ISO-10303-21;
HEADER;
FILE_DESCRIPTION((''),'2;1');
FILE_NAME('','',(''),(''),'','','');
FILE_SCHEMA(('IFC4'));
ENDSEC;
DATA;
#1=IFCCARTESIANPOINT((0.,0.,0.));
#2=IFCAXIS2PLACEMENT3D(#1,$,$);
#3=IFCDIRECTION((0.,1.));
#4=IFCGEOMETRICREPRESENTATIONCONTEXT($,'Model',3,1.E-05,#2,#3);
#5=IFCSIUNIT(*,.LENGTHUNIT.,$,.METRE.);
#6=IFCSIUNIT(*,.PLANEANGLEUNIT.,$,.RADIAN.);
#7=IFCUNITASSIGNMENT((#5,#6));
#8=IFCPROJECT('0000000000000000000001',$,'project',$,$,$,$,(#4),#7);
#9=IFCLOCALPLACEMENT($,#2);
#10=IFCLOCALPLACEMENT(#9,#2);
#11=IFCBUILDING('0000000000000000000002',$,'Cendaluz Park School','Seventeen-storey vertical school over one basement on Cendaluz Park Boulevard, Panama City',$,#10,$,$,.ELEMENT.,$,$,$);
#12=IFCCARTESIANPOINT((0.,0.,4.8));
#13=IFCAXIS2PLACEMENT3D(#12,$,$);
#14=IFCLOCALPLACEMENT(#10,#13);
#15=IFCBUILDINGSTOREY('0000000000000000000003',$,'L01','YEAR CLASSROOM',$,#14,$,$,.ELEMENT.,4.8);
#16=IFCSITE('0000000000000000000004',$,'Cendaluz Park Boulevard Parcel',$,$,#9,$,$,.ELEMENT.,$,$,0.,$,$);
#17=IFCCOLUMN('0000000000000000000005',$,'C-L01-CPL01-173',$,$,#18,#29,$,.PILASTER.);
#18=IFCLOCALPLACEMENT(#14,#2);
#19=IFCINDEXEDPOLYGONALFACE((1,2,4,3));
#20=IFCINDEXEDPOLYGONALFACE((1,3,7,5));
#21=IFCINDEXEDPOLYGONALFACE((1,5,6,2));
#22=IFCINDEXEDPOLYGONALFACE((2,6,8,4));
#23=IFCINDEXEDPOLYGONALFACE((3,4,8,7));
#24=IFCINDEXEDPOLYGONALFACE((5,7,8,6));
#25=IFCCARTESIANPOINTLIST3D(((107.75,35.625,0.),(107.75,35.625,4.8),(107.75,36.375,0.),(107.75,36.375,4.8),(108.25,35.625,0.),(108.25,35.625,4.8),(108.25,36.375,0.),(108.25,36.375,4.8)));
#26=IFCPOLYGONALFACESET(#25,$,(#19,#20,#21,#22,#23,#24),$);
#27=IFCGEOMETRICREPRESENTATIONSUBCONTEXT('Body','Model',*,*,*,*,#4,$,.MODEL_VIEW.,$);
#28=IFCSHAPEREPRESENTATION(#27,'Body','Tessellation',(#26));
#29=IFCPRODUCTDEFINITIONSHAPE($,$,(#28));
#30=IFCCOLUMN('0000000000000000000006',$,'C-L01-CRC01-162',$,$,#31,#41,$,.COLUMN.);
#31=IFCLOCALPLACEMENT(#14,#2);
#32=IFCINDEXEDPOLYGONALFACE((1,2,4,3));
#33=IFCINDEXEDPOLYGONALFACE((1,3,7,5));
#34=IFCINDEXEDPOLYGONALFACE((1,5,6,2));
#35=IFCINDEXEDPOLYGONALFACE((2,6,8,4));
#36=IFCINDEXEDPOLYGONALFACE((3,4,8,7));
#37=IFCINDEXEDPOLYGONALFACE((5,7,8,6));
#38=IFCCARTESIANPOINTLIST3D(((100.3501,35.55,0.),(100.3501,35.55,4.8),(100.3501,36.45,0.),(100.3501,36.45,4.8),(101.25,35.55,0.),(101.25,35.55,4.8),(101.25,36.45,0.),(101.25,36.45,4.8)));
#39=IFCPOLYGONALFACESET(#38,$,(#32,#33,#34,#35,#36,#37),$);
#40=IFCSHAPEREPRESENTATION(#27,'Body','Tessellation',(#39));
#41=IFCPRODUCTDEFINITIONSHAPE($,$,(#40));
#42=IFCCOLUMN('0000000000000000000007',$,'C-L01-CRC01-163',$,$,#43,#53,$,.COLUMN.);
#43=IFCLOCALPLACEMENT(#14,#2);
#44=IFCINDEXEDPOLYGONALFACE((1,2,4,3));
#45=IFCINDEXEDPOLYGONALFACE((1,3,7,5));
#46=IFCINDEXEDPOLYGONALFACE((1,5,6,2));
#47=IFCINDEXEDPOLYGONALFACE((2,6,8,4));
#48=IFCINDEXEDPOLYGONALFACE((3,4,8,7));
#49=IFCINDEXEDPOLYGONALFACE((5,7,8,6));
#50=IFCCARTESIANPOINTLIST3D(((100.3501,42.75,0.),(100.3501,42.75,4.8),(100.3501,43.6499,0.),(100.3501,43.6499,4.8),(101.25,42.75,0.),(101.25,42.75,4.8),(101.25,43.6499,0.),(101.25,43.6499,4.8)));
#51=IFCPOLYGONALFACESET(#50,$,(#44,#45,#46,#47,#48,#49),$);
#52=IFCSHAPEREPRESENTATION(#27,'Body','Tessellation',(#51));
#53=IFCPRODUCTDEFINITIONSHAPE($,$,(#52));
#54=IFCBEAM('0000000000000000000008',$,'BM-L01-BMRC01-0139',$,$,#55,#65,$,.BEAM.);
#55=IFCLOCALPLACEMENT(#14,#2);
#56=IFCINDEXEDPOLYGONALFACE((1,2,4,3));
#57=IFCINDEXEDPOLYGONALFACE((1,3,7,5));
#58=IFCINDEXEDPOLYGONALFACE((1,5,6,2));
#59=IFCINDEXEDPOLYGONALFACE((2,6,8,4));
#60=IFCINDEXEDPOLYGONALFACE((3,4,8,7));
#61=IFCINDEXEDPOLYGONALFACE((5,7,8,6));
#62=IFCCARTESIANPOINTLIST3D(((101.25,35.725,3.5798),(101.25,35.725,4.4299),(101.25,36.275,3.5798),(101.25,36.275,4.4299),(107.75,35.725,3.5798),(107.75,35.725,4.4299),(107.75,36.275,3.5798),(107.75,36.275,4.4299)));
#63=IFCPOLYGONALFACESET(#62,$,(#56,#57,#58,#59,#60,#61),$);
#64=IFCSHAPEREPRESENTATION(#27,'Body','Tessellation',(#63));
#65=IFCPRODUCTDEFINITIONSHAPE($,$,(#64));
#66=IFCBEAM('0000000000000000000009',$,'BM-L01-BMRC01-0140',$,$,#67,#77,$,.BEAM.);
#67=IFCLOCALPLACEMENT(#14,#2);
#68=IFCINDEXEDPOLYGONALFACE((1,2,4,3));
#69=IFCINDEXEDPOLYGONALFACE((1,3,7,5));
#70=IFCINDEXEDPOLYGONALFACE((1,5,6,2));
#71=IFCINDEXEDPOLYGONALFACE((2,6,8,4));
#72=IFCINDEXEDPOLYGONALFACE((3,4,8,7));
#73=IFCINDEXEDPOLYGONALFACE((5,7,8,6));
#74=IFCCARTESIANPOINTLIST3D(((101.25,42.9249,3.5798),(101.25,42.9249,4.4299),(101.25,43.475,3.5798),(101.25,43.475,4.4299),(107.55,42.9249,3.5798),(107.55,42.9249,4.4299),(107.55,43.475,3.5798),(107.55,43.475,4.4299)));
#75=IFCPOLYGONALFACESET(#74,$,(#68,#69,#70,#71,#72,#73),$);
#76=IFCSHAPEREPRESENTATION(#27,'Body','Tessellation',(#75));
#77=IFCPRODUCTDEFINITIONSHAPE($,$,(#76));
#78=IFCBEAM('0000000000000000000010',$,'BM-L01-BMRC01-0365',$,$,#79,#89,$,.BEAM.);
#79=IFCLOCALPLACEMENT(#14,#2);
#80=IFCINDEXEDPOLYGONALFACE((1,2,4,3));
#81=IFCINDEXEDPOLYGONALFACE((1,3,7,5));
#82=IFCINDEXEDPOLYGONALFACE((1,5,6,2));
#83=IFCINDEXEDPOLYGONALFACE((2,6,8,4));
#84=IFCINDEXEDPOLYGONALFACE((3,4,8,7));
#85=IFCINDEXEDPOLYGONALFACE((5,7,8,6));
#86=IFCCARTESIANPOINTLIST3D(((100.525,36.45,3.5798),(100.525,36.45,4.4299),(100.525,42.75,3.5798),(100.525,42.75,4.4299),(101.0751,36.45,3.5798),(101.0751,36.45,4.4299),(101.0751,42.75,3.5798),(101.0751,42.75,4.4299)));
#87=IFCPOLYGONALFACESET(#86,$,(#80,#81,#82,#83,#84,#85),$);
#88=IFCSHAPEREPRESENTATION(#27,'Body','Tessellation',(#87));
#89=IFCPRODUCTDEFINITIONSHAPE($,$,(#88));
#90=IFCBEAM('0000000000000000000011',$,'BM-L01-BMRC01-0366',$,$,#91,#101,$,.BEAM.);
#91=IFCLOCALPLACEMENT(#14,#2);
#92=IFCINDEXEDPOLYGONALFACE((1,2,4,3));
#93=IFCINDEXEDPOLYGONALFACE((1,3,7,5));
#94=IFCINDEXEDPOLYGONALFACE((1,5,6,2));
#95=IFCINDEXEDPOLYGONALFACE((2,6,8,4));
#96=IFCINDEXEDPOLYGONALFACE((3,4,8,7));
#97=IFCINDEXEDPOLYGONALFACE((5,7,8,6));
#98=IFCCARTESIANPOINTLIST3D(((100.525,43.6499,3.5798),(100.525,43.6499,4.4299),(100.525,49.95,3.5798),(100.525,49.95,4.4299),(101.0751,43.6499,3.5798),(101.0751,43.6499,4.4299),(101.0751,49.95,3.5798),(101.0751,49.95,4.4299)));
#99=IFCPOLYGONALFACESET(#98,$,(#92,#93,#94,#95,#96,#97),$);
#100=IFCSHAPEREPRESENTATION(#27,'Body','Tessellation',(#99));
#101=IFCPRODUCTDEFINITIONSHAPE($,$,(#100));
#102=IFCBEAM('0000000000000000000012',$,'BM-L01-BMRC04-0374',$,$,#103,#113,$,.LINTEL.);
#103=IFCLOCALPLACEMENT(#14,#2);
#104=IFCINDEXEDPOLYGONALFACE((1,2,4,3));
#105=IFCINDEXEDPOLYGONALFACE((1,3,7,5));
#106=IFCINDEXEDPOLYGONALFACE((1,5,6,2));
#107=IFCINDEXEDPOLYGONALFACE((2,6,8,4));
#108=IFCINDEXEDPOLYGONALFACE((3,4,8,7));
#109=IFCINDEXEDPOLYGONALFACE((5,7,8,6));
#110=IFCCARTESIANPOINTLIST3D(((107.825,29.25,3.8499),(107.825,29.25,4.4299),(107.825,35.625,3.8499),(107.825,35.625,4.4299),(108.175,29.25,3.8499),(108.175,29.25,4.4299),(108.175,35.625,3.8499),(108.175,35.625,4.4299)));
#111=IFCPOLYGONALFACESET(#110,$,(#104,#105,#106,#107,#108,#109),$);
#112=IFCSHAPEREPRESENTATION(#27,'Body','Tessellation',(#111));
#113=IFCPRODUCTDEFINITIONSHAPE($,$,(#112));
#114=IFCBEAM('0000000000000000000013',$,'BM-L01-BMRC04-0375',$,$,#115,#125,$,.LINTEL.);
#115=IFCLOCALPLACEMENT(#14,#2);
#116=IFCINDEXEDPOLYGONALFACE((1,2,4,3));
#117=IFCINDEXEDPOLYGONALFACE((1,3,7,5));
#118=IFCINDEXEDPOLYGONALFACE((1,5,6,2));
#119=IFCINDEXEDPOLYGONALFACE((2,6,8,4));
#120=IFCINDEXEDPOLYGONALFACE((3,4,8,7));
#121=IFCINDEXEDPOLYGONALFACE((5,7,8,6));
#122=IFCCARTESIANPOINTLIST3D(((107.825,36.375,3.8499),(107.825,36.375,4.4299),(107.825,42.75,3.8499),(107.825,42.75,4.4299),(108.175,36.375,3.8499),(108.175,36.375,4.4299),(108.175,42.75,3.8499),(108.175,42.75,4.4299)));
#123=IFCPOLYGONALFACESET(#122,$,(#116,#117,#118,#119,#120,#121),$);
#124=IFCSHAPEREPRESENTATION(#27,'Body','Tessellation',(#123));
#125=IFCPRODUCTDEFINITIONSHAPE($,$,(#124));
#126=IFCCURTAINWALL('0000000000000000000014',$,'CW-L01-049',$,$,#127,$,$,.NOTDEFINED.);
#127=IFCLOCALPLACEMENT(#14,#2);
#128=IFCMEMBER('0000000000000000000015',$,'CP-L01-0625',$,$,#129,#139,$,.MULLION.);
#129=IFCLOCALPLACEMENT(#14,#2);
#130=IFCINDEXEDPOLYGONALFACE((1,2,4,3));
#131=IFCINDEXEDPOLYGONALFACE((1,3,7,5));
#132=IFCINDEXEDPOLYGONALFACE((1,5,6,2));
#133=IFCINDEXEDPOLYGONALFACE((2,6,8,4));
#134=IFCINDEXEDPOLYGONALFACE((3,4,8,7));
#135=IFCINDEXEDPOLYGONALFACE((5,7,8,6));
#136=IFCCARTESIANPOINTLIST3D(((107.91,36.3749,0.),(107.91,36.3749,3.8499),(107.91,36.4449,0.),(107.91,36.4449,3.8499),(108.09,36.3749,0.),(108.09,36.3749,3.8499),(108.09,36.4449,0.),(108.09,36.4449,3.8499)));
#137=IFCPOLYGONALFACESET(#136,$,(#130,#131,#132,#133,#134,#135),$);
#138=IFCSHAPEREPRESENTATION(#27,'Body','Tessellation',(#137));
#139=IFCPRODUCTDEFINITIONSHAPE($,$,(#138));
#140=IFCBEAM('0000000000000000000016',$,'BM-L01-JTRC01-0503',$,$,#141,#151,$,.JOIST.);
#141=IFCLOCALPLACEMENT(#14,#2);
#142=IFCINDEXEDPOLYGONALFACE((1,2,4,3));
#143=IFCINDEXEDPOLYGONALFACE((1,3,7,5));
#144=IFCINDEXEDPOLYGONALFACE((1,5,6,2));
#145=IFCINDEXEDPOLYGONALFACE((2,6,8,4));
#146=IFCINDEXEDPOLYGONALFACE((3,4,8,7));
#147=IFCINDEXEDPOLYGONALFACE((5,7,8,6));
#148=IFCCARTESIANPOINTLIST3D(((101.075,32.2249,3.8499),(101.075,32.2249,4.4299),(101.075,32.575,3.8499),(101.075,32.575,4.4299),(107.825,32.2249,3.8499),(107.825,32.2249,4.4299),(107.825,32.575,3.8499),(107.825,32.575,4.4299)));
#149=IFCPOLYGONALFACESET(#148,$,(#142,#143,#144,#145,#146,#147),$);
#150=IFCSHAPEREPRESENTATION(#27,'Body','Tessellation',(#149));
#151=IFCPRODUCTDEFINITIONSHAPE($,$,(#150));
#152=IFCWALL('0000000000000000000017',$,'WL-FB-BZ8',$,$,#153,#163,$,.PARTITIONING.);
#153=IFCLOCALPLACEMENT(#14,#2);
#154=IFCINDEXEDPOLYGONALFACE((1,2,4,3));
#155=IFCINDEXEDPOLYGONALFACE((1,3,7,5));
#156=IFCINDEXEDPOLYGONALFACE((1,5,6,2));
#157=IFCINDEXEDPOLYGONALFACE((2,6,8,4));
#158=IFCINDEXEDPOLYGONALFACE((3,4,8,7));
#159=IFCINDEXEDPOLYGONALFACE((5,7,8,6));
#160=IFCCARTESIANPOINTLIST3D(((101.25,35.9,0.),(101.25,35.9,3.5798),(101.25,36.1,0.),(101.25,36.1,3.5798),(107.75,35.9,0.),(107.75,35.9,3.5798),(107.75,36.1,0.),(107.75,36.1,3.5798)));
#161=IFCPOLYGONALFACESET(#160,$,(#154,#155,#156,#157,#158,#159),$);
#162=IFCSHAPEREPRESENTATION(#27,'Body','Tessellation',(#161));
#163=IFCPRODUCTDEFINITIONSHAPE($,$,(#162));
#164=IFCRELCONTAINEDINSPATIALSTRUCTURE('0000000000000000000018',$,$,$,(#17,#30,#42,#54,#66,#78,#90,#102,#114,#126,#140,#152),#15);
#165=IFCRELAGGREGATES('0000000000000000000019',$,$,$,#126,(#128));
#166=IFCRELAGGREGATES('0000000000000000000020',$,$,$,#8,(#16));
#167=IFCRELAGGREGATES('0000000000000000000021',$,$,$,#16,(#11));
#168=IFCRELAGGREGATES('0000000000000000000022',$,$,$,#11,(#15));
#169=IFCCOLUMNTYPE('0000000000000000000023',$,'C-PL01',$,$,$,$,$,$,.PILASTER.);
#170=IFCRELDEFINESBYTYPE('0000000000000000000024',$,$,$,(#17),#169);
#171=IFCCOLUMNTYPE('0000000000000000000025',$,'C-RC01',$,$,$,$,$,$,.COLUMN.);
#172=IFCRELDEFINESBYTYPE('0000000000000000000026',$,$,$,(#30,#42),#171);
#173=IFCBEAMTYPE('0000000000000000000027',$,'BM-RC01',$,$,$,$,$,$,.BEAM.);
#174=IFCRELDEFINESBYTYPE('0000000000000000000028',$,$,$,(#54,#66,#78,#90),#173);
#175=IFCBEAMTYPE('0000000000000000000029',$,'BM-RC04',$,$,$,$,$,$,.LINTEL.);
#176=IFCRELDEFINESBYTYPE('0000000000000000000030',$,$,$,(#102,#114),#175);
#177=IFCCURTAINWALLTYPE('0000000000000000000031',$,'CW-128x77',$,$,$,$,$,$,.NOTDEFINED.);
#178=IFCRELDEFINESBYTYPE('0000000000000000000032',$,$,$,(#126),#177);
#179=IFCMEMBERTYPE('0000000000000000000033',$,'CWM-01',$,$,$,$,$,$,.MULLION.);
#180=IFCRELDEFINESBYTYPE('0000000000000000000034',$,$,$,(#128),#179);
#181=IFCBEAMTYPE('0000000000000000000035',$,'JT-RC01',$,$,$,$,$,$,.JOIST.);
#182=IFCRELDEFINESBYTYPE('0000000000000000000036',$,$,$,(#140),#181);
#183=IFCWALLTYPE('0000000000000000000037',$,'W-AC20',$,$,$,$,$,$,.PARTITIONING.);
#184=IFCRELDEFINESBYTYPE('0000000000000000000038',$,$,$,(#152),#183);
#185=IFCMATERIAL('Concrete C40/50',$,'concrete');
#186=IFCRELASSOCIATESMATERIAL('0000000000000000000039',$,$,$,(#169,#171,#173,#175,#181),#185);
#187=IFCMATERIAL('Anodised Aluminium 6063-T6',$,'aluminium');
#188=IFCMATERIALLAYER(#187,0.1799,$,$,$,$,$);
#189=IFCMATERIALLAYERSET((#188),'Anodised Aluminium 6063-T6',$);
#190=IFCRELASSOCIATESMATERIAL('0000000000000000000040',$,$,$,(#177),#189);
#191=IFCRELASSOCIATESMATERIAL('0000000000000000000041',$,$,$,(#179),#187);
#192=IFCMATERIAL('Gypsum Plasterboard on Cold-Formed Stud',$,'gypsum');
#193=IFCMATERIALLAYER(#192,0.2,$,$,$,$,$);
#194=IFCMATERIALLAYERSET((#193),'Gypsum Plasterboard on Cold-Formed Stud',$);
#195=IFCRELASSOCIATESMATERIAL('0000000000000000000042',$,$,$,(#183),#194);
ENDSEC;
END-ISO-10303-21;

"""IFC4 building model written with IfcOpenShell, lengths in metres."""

from ifc_helpers import new_model, si_unit, direction, frame, frame_2d, origin, origin_2d, place, context, subcontext, project, spatial, rectangle, extrude, material, layer, layer_set, material_profile, profile_set, type_object, element, aggregate, save


model = new_model("IFC4")

# Units and contexts
model_context = context("Model", 3, precision=1e-05, world=origin(), true_north=direction((0.0, 1.0)))
body_context = subcontext(model_context, "Body", "Model", "MODEL_VIEW")
ifc_project = project(units=[si_unit("LENGTHUNIT", "METRE"), si_unit("PLANEANGLEUNIT", "RADIAN")], contexts=[model_context])

# Site, building, storey
site_placement = place(None, origin())
site = spatial("IfcSite", under=ifc_project, at=site_placement, Name="Cendaluz Park Boulevard Parcel", CompositionType="ELEMENT", RefElevation=0.0)
building_placement = place(site_placement, origin())
building = spatial("IfcBuilding", under=site, at=building_placement, Name="Cendaluz Park School", Description="Seventeen-storey vertical school over one basement on Cendaluz Park Boulevard, Panama City", CompositionType="ELEMENT")
storey_placement = place(building_placement, frame((0.0, 0.0, 4.8)))
storey = spatial("IfcBuildingStorey", under=building, at=storey_placement, Name="L01", Description="YEAR CLASSROOM", CompositionType="ELEMENT", Elevation=4.8)

# Columns
ifc_material_1 = material(Name="Concrete C40/50", Category="concrete")
ifc_material_profile_1 = material_profile(ifc_material_1, rectangle(XDim=0.5, YDim=0.75, at=origin_2d()), Name="RC 500x750", Category="concrete")
ifc_profile_set_1 = profile_set([ifc_material_profile_1], Name="Concrete C40/50")
column_type_1 = type_object("IfcColumnType", Name="C-PL01", PredefinedType="PILASTER", material=ifc_profile_set_1)
column_placement = place(storey_placement, frame((108.0, 36.0, 0.0), z_axis=(0.0, 0.0, 1.0), x_axis=(1.0, 0.0, 0.0)))
element("IfcColumn", 1, at=column_placement, inside=storey, type_object=column_type_1, Name="C-L01-CPL01-173", PredefinedType="PILASTER", context=body_context, shape_type="SweptSolid", body=[
    extrude(rectangle(XDim=0.5, YDim=0.75, at=origin_2d()), origin(), (0.0, 0.0, 1.0), 4.8),
])
ifc_material_profile_2 = material_profile(ifc_material_1, rectangle(XDim=0.8999, YDim=0.8999, at=origin_2d()), Name="RC 900x900", Category="concrete")
ifc_profile_set_2 = profile_set([ifc_material_profile_2], Name="Concrete C40/50")
column_type_2 = type_object("IfcColumnType", Name="C-RC01", PredefinedType="COLUMN", material=ifc_profile_set_2)
for number, where, z_axis, x_axis, name in (
    (2, (100.8, 36.0, 0.0), (0.0, 0.0, 1.0), (1.0, 0.0, 0.0), "C-L01-CRC01-162"),
    (3, (100.8, 43.2, 0.0), (0.0, 0.0, 1.0), (1.0, 0.0, 0.0), "C-L01-CRC01-163"),
):
    element("IfcColumn", number, at=place(storey_placement, frame(where, z_axis=z_axis, x_axis=x_axis)), inside=storey, type_object=column_type_2, Name=name, PredefinedType="COLUMN", context=body_context, shape_type="SweptSolid", body=[
        extrude(rectangle(XDim=0.8999, YDim=0.8999, at=origin_2d()), origin(), (0.0, 0.0, 1.0), 4.8),
    ])

# Beams
ifc_material_profile_3 = material_profile(ifc_material_1, rectangle(XDim=0.55, YDim=0.8501, at=origin_2d()), Name="RC 550x850", Category="concrete")
ifc_profile_set_3 = profile_set([ifc_material_profile_3], Name="Concrete C40/50")
beam_type_1 = type_object("IfcBeamType", Name="BM-RC01", PredefinedType="BEAM", material=ifc_profile_set_3)
beam_1_placement = place(storey_placement, frame((101.25, 36.0, 4.0049), z_axis=(1.0, 0.0, 0.0), x_axis=(0.0, 1.0, 0.0)))
element("IfcBeam", 4, at=beam_1_placement, inside=storey, type_object=beam_type_1, Name="BM-L01-BMRC01-0139", PredefinedType="BEAM", context=body_context, shape_type="SweptSolid", body=[
    extrude(rectangle(XDim=0.55, YDim=0.8501, at=origin_2d()), origin(), (0.0, 0.0, 1.0), 6.5),
])
for number, where, z_axis, x_axis, name in (
    (5, (101.25, 43.2, 4.0049), (1.0, 0.0, 0.0), (0.0, 1.0, 0.0), "BM-L01-BMRC01-0140"),
    (6, (100.8, 36.45, 4.0049), (0.0, 1.0, 0.0), (-1.0, 0.0, 0.0), "BM-L01-BMRC01-0365"),
    (7, (100.8, 43.6499, 4.0049), (0.0, 1.0, 0.0), (-1.0, 0.0, 0.0), "BM-L01-BMRC01-0366"),
):
    element("IfcBeam", number, at=place(storey_placement, frame(where, z_axis=z_axis, x_axis=x_axis)), inside=storey, type_object=beam_type_1, Name=name, PredefinedType="BEAM", context=body_context, shape_type="SweptSolid", body=[
        extrude(rectangle(XDim=0.55, YDim=0.8501, at=origin_2d()), origin(), (0.0, 0.0, 1.0), 6.3),
    ])
ifc_material_profile_4 = material_profile(ifc_material_1, rectangle(XDim=0.3501, YDim=0.5801, at=origin_2d()), Name="RC 350x580", Category="concrete")
ifc_profile_set_4 = profile_set([ifc_material_profile_4], Name="Concrete C40/50")
beam_type_2 = type_object("IfcBeamType", Name="BM-RC04", PredefinedType="LINTEL", material=ifc_profile_set_4)
for number, where, z_axis, x_axis, name in (
    (8, (108.0, 29.25, 4.1399), (0.0, 1.0, 0.0), (-1.0, 0.0, 0.0), "BM-L01-BMRC04-0374"),
    (9, (108.0, 36.375, 4.1399), (0.0, 1.0, 0.0), (-1.0, 0.0, 0.0), "BM-L01-BMRC04-0375"),
):
    element("IfcBeam", number, at=place(storey_placement, frame(where, z_axis=z_axis, x_axis=x_axis)), inside=storey, type_object=beam_type_2, Name=name, PredefinedType="LINTEL", context=body_context, shape_type="SweptSolid", body=[
        extrude(rectangle(XDim=0.3501, YDim=0.5801, at=origin_2d()), origin(), (0.0, 0.0, 1.0), 6.375),
    ])

# Curtain wall, member
ifc_material_2 = material(Name="Anodised Aluminium 6063-T6", Category="aluminium")
ifc_layer_1 = layer(ifc_material_2, 0.1799)
ifc_layer_set_1 = layer_set([ifc_layer_1], Name="Anodised Aluminium 6063-T6")
curtain_wall_type = type_object("IfcCurtainWallType", Name="CW-128x77", PredefinedType="NOTDEFINED", material=ifc_layer_set_1)
curtain_wall_placement = place(storey_placement, origin())
curtain_wall = element("IfcCurtainWall", 10, at=curtain_wall_placement, inside=storey, type_object=curtain_wall_type, Name="CW-L01-049", PredefinedType="NOTDEFINED")
ifc_material_profile_5 = material_profile(ifc_material_2, rectangle(XDim=0.1799, YDim=0.0701, at=origin_2d()), Name="CWM 180x70", Category="aluminium")
ifc_profile_set_5 = profile_set([ifc_material_profile_5], Name="Anodised Aluminium 6063-T6")
member_type = type_object("IfcMemberType", Name="CWM-01", PredefinedType="MULLION", material=ifc_profile_set_5)
member_placement = place(storey_placement, frame((108.0, 36.4099, 0.0), z_axis=(0.0, 0.0, 1.0), x_axis=(-1.0, 0.0, 0.0)))
member = element("IfcMember", 11, at=member_placement, type_object=member_type, Name="CP-L01-0625", PredefinedType="MULLION", context=body_context, shape_type="SweptSolid", body=[
    extrude(rectangle(XDim=0.1799, YDim=0.0701, at=origin_2d()), origin(), (0.0, 0.0, 1.0), 3.8499),
])
aggregate(curtain_wall, [member])

# Beam
ifc_material_profile_6 = material_profile(ifc_material_1, rectangle(XDim=0.3501, YDim=0.5801, at=origin_2d()), Name="RC 350x580", Category="concrete")
ifc_profile_set_6 = profile_set([ifc_material_profile_6], Name="Concrete C40/50")
beam_type_3 = type_object("IfcBeamType", Name="JT-RC01", PredefinedType="JOIST", material=ifc_profile_set_6)
beam_2_placement = place(storey_placement, frame((101.075, 32.3999, 4.1399), z_axis=(1.0, 0.0, 0.0), x_axis=(0.0, 1.0, 0.0)))
element("IfcBeam", 12, at=beam_2_placement, inside=storey, type_object=beam_type_3, Name="BM-L01-JTRC01-0503", PredefinedType="JOIST", context=body_context, shape_type="SweptSolid", body=[
    extrude(rectangle(XDim=0.3501, YDim=0.5801, at=origin_2d()), origin(), (0.0, 0.0, 1.0), 6.75),
])

# Wall
ifc_material_3 = material(Name="Gypsum Plasterboard on Cold-Formed Stud", Category="gypsum")
ifc_layer_2 = layer(ifc_material_3, 0.2)
ifc_layer_set_2 = layer_set([ifc_layer_2], Name="Gypsum Plasterboard on Cold-Formed Stud")
wall_type_1 = type_object("IfcWallType", Name="W-AC20", PredefinedType="PARTITIONING", material=ifc_layer_set_2)
wall_1_placement = place(storey_placement, frame((101.25, 36.0, 0.0), z_axis=(0.0, 0.0, 1.0), x_axis=(1.0, 0.0, 0.0)))
element("IfcWall", 13, at=wall_1_placement, inside=storey, type_object=wall_type_1, Name="WL-FB-BZ8", PredefinedType="PARTITIONING", context=body_context, shape_type="SweptSolid", body=[
    extrude(rectangle(XDim=6.5, YDim=0.2, at=frame_2d((3.25, 0.0))), origin(), (0.0, 0.0, 1.0), 3.5798),
])

save(model, "model.ifc")
